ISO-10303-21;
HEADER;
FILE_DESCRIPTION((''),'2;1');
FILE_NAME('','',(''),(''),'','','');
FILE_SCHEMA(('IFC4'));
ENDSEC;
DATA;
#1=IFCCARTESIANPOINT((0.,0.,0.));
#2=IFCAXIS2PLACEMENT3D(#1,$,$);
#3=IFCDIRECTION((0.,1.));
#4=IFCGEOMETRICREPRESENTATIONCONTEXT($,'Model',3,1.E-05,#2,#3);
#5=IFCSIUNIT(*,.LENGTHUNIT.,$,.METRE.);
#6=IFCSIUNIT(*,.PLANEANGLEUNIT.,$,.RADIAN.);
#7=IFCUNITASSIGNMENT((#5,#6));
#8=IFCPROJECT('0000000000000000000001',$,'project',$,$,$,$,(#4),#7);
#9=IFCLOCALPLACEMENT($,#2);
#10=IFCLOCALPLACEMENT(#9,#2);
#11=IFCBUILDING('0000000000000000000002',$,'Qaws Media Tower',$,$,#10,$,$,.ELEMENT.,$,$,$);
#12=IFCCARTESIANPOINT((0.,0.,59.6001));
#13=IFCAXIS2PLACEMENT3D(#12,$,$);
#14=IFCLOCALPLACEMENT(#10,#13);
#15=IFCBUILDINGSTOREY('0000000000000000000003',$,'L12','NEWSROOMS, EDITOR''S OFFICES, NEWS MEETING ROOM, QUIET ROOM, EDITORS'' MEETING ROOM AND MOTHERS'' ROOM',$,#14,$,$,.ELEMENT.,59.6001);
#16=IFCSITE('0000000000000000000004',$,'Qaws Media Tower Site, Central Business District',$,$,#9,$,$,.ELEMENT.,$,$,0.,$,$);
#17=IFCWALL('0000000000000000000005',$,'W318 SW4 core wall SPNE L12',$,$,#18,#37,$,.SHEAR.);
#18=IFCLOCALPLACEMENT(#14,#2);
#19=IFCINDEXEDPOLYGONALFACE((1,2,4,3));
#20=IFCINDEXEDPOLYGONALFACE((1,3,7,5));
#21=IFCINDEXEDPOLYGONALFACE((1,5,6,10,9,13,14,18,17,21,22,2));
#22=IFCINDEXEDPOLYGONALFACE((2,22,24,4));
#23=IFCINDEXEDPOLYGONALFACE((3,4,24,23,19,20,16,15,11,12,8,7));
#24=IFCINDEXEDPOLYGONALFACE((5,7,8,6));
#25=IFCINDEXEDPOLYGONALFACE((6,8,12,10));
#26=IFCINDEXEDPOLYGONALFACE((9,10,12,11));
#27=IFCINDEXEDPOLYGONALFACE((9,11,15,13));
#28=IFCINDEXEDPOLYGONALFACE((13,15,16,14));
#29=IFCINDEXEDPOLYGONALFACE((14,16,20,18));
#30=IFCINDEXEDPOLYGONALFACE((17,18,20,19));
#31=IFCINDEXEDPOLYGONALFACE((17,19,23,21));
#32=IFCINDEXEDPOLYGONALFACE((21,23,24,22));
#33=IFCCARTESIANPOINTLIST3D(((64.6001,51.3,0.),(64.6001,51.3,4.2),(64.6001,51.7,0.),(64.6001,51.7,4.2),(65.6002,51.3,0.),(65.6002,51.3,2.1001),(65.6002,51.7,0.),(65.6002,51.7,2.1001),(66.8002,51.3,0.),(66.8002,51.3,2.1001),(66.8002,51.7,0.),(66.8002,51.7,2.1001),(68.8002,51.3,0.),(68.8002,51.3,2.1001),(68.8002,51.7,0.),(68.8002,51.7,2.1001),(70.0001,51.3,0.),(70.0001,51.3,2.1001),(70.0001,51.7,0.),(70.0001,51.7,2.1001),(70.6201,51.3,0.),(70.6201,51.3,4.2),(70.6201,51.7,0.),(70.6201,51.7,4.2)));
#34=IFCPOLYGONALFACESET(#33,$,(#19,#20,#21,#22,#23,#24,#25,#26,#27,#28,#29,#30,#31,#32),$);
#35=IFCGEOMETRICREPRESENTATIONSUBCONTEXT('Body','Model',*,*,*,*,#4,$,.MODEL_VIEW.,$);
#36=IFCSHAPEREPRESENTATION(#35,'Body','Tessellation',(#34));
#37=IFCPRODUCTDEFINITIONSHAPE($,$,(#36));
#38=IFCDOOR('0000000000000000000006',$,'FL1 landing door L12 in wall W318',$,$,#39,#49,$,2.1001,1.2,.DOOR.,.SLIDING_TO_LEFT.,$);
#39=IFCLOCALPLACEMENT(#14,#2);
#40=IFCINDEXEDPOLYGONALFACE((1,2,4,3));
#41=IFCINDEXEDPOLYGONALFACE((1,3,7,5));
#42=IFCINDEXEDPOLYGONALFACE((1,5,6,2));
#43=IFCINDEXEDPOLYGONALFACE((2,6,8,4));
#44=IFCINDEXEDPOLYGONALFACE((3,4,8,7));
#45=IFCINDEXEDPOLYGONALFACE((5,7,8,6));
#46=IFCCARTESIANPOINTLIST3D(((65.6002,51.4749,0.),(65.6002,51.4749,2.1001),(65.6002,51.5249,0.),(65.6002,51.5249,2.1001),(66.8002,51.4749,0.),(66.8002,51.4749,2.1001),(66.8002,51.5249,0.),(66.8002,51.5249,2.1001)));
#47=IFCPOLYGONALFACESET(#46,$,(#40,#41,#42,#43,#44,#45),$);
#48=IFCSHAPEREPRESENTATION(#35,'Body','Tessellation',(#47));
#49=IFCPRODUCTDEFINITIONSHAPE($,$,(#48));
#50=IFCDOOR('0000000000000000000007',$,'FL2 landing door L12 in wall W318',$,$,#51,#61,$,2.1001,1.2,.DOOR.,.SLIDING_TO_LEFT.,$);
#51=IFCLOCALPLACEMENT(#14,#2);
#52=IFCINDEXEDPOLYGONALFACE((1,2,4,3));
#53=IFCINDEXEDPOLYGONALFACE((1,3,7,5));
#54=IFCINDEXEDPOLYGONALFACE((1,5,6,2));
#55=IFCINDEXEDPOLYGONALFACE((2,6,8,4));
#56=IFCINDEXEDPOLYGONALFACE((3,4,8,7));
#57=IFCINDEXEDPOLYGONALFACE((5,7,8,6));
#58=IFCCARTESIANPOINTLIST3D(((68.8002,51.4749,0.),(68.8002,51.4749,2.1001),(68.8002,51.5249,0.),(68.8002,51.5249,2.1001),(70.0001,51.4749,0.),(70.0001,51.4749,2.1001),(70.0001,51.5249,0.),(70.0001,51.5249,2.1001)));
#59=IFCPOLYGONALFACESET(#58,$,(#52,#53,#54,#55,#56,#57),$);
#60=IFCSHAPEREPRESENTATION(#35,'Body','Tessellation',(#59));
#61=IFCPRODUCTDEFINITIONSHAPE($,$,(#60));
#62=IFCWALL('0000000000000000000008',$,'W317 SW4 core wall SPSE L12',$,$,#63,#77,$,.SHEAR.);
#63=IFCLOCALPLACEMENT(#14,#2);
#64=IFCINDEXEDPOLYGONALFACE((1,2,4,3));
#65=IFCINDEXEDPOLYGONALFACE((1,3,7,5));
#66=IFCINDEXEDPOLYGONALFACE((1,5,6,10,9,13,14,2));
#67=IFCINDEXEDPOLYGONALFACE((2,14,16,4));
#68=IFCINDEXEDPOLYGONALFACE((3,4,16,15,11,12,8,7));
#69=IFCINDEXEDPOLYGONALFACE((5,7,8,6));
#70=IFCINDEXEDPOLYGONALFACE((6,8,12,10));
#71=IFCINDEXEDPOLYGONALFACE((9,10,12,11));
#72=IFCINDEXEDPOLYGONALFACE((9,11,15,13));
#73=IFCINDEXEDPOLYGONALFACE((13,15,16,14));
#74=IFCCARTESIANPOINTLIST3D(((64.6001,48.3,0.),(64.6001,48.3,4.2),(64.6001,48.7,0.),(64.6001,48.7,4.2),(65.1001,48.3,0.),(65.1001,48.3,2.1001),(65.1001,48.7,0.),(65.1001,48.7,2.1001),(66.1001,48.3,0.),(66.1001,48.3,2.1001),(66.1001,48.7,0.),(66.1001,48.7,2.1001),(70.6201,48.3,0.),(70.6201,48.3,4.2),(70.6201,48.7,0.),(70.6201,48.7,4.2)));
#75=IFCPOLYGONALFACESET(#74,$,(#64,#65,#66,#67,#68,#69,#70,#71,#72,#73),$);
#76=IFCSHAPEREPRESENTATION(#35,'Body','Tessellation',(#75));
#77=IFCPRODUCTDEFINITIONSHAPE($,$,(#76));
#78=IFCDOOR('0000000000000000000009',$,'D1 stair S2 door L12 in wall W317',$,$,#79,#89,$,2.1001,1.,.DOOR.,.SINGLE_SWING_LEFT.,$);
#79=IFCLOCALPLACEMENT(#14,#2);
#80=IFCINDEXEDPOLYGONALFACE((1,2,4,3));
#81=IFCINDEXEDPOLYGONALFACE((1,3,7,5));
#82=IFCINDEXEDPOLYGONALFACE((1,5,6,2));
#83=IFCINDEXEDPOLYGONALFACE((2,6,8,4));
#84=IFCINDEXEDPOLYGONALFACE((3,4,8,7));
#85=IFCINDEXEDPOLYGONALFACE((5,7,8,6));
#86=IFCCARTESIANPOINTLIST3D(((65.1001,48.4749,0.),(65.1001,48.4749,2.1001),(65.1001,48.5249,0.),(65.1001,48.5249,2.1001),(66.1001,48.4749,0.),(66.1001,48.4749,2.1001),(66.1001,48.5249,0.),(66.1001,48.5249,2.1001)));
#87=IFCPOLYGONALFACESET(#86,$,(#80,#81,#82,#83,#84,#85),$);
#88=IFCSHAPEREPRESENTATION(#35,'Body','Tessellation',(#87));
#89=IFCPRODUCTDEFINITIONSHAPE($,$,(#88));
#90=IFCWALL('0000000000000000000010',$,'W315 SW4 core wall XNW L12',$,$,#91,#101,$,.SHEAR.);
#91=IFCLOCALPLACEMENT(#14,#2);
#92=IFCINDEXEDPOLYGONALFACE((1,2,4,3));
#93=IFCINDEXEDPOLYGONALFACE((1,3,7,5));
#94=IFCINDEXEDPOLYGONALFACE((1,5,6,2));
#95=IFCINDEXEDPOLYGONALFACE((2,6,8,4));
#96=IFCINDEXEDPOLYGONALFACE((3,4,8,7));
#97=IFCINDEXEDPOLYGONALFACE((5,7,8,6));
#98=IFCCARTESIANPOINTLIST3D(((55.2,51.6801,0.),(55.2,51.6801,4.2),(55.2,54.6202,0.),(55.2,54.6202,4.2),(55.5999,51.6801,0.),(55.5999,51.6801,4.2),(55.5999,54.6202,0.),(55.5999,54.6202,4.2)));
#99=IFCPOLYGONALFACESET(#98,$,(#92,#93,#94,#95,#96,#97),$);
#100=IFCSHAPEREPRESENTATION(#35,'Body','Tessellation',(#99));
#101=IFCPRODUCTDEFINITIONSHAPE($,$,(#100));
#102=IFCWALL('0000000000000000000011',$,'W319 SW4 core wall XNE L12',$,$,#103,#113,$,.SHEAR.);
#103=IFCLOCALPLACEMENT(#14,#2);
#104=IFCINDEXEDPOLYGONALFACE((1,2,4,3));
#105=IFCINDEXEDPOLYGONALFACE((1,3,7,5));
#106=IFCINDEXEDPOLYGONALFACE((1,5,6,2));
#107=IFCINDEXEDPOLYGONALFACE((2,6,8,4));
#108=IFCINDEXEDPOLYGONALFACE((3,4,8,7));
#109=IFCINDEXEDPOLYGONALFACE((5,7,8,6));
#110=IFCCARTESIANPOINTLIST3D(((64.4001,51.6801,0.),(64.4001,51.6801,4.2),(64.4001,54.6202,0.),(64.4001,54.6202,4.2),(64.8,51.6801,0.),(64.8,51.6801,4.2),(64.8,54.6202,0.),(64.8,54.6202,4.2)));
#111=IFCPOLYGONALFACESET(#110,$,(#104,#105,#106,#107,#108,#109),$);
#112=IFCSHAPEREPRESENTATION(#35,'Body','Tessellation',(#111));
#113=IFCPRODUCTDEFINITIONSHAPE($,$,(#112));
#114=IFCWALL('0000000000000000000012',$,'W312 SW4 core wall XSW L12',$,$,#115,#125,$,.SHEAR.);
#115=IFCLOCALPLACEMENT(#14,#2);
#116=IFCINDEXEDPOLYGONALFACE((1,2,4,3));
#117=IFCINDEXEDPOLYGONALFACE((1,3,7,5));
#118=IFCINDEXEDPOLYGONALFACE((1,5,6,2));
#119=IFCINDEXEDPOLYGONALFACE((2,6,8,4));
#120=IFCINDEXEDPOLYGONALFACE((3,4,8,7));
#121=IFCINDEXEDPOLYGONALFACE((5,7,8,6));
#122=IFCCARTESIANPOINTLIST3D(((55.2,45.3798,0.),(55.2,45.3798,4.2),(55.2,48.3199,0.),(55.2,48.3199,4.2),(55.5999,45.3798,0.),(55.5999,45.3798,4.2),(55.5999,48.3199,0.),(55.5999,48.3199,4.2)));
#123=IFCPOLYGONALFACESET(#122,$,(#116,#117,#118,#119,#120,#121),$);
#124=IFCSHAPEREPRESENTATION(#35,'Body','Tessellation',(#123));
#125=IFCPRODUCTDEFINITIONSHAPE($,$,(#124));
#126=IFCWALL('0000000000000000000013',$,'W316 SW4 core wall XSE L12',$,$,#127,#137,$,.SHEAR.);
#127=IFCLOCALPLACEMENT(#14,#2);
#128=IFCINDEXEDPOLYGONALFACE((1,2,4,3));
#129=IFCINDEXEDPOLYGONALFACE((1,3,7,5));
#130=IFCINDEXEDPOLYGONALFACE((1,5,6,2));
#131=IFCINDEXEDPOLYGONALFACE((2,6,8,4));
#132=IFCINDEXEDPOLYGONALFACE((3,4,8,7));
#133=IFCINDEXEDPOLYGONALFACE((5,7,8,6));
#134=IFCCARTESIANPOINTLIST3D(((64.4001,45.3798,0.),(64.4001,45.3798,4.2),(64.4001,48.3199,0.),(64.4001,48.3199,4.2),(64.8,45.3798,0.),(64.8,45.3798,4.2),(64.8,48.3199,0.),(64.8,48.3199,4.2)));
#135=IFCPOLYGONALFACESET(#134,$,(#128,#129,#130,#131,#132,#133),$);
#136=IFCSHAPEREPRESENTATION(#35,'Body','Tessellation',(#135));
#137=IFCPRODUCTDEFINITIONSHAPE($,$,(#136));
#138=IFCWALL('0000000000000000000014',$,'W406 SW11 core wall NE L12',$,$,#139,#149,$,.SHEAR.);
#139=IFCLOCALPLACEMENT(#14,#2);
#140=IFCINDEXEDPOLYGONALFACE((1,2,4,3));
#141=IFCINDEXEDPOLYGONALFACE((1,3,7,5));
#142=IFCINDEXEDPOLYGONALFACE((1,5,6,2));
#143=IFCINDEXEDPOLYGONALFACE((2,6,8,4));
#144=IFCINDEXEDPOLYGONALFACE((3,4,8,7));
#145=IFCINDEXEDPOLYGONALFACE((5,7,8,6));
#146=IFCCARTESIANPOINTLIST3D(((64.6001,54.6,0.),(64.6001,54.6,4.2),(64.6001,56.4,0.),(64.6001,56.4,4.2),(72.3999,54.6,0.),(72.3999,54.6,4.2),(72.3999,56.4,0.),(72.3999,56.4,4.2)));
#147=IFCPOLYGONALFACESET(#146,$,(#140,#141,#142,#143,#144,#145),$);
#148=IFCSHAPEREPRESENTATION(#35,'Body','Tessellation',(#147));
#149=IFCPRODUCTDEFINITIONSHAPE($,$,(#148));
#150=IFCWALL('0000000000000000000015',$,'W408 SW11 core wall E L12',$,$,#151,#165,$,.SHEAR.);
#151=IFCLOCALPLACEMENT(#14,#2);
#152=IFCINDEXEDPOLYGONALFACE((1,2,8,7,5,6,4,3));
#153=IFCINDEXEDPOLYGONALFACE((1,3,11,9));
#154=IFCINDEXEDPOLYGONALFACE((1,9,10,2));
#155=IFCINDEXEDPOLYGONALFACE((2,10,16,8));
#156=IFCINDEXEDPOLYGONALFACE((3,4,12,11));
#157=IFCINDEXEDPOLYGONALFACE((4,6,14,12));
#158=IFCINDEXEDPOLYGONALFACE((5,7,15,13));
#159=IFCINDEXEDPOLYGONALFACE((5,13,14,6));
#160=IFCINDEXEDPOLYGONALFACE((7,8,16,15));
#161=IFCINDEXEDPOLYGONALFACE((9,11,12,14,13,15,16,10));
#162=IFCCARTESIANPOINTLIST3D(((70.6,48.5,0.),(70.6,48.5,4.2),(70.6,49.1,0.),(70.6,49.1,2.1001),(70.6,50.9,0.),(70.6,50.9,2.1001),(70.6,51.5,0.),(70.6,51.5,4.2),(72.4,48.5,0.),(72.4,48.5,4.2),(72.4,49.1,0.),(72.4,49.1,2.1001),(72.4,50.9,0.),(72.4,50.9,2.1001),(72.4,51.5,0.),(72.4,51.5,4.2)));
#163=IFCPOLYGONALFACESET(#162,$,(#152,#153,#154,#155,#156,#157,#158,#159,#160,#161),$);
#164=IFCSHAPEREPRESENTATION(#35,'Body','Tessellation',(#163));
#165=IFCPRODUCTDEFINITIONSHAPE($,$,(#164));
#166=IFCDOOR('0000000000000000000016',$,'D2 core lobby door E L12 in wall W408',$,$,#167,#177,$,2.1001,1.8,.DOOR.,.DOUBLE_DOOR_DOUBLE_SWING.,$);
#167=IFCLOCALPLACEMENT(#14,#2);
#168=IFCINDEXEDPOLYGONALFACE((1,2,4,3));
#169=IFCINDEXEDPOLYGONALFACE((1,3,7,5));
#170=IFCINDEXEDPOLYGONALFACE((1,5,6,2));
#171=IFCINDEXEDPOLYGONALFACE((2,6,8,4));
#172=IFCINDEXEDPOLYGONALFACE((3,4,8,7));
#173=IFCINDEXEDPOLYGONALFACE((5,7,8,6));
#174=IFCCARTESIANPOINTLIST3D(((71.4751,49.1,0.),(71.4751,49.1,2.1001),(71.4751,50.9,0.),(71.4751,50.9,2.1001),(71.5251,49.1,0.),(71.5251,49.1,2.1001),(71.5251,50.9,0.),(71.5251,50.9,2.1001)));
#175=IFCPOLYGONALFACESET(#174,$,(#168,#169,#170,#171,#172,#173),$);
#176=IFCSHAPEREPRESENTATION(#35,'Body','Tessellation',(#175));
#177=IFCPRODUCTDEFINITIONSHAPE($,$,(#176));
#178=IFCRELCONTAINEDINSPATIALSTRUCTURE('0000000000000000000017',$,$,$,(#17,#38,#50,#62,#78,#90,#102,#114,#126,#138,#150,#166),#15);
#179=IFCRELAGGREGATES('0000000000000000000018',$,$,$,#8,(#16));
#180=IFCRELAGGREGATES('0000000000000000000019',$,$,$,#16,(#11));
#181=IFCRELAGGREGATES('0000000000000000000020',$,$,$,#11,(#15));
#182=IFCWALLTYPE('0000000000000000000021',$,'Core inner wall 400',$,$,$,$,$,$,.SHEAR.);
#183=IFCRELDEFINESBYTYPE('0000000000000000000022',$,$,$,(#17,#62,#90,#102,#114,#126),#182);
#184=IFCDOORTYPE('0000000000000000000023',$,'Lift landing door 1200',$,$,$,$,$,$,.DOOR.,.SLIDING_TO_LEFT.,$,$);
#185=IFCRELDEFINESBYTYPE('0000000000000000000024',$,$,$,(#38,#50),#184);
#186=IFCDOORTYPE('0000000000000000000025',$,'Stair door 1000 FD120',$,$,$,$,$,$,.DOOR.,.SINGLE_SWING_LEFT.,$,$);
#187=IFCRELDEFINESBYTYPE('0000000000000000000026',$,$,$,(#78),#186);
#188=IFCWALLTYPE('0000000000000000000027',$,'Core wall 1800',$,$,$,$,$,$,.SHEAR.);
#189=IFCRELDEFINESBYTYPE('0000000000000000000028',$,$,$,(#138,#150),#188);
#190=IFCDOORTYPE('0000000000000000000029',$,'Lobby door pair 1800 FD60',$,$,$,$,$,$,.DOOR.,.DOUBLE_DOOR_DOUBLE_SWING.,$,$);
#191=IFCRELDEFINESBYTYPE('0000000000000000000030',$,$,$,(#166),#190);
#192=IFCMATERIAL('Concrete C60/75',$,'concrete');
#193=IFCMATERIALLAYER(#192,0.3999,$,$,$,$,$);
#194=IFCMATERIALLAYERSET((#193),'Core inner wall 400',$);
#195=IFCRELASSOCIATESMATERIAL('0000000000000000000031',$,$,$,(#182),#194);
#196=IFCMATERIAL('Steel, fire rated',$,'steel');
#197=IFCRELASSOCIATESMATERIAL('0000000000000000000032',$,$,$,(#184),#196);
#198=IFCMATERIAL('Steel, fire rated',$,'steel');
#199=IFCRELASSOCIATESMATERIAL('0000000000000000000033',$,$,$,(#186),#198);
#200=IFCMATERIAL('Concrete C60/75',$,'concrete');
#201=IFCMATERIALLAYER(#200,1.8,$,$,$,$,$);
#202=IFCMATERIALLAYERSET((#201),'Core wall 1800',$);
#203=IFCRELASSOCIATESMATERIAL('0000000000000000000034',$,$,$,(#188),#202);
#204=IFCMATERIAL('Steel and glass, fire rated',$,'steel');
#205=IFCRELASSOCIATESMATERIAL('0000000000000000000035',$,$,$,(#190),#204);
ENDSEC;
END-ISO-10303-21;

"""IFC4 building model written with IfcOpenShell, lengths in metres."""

from ifc_helpers import new_model, si_unit, direction, frame, frame_2d, origin, place, context, subcontext, project, spatial, rectangle, extrude, material, layer, layer_set, type_object, element, fill, save


model = new_model("IFC4")

# Units and contexts
model_context = context("Model", 3, precision=1e-05, world=origin(), true_north=direction((0.0, 1.0)))
body_context = subcontext(model_context, "Body", "Model", "MODEL_VIEW")
ifc_project = project(units=[si_unit("LENGTHUNIT", "METRE"), si_unit("PLANEANGLEUNIT", "RADIAN")], contexts=[model_context])

# Site, building, storey
site_placement = place(None, origin())
site = spatial("IfcSite", under=ifc_project, at=site_placement, Name="Qaws Media Tower Site, Central Business District", CompositionType="ELEMENT", RefElevation=0.0)
building_placement = place(site_placement, origin())
building = spatial("IfcBuilding", under=site, at=building_placement, Name="Qaws Media Tower", CompositionType="ELEMENT")
storey_placement = place(building_placement, frame((0.0, 0.0, 59.6001)))
storey = spatial("IfcBuildingStorey", under=building, at=storey_placement, Name="L12", Description="NEWSROOMS, EDITOR'S OFFICES, NEWS MEETING ROOM, QUIET ROOM, EDITORS' MEETING ROOM AND MOTHERS' ROOM", CompositionType="ELEMENT", Elevation=59.6001)

# Wall, openings, doors
ifc_material_1 = material(Name="Concrete C60/75", Category="concrete")
ifc_layer_1 = layer(ifc_material_1, 0.3999)
ifc_layer_set_1 = layer_set([ifc_layer_1], Name="Core inner wall 400")
wall_type_1 = type_object("IfcWallType", Name="Core inner wall 400", PredefinedType="SHEAR", material=ifc_layer_set_1)
wall_1_placement = place(storey_placement, frame((64.6001, 51.5, 0.0), z_axis=(0.0, 0.0, 1.0), x_axis=(1.0, 0.0, 0.0)))
wall_1 = element("IfcWall", 1, at=wall_1_placement, inside=storey, type_object=wall_type_1, Name="W318 SW4 core wall SPNE L12", PredefinedType="SHEAR", context=body_context, shape_type="SweptSolid", body=[
    extrude(rectangle(XDim=6.02, YDim=0.3999, at=frame_2d((3.01, 0.0))), origin(), (0.0, 0.0, 1.0), 4.2),
])
opening_1_placement = place(wall_1_placement, frame((1.0, 0.0, 0.0)))
opening_1 = element("IfcOpeningElement", 2, at=opening_1_placement, cuts=wall_1, PredefinedType="OPENING", context=body_context, shape_type="SweptSolid", body=[
    extrude(rectangle(XDim=1.2, YDim=2.1001, at=frame_2d((0.6001, 1.05))), frame((0.0, 0.21, 0.0), z_axis=(0.0, -1.0, 0.0), x_axis=(1.0, 0.0, 0.0)), (0.0, 0.0, 1.0), 0.4199),
])
opening_2_placement = place(wall_1_placement, frame((4.2, 0.0, 0.0)))
opening_2 = element("IfcOpeningElement", 3, at=opening_2_placement, cuts=wall_1, PredefinedType="OPENING", context=body_context, shape_type="SweptSolid", body=[
    extrude(rectangle(XDim=1.2, YDim=2.1001, at=frame_2d((0.6001, 1.05))), frame((0.0, 0.21, 0.0), z_axis=(0.0, -1.0, 0.0), x_axis=(1.0, 0.0, 0.0)), (0.0, 0.0, 1.0), 0.4199),
])
ifc_material_2 = material(Name="Steel, fire rated", Category="steel")
door_type_1 = type_object("IfcDoorType", Name="Lift landing door 1200", OperationType="SLIDING_TO_LEFT", PredefinedType="DOOR", material=ifc_material_2)
door_1_placement = place(opening_1_placement, origin())
door_1 = element("IfcDoor", 4, at=door_1_placement, inside=storey, type_object=door_type_1, Name="FL1 landing door L12 in wall W318", OperationType="SLIDING_TO_LEFT", OverallHeight=2.1001, OverallWidth=1.2, PredefinedType="DOOR", context=body_context, shape_type="SweptSolid", body=[
    extrude(rectangle(XDim=1.2, YDim=2.1001, at=frame_2d((0.6001, 1.05))), frame((0.0, 0.0249, 0.0), z_axis=(0.0, -1.0, 0.0), x_axis=(1.0, 0.0, 0.0)), (0.0, 0.0, 1.0), 0.05),
])
fill(opening_1, door_1)
door_2_placement = place(opening_2_placement, origin())
door_2 = element("IfcDoor", 5, at=door_2_placement, inside=storey, type_object=door_type_1, Name="FL2 landing door L12 in wall W318", OperationType="SLIDING_TO_LEFT", OverallHeight=2.1001, OverallWidth=1.2, PredefinedType="DOOR", context=body_context, shape_type="SweptSolid", body=[
    extrude(rectangle(XDim=1.2, YDim=2.1001, at=frame_2d((0.6001, 1.05))), frame((0.0, 0.0249, 0.0), z_axis=(0.0, -1.0, 0.0), x_axis=(1.0, 0.0, 0.0)), (0.0, 0.0, 1.0), 0.05),
])
fill(opening_2, door_2)

# Wall, opening, door
wall_2_placement = place(storey_placement, frame((64.6001, 48.5, 0.0), z_axis=(0.0, 0.0, 1.0), x_axis=(1.0, 0.0, 0.0)))
wall_2 = element("IfcWall", 6, at=wall_2_placement, inside=storey, type_object=wall_type_1, Name="W317 SW4 core wall SPSE L12", PredefinedType="SHEAR", context=body_context, shape_type="SweptSolid", body=[
    extrude(rectangle(XDim=6.02, YDim=0.3999, at=frame_2d((3.01, 0.0))), origin(), (0.0, 0.0, 1.0), 4.2),
])
opening_3_placement = place(wall_2_placement, frame((0.5, 0.0, 0.0)))
opening_3 = element("IfcOpeningElement", 7, at=opening_3_placement, cuts=wall_2, PredefinedType="OPENING", context=body_context, shape_type="SweptSolid", body=[
    extrude(rectangle(XDim=1.0, YDim=2.1001, at=frame_2d((0.5, 1.05))), frame((0.0, 0.21, 0.0), z_axis=(0.0, -1.0, 0.0), x_axis=(1.0, 0.0, 0.0)), (0.0, 0.0, 1.0), 0.4199),
])
ifc_material_3 = material(Name="Steel, fire rated", Category="steel")
door_type_2 = type_object("IfcDoorType", Name="Stair door 1000 FD120", OperationType="SINGLE_SWING_LEFT", PredefinedType="DOOR", material=ifc_material_3)
door_3_placement = place(opening_3_placement, origin())
door_3 = element("IfcDoor", 8, at=door_3_placement, inside=storey, type_object=door_type_2, Name="D1 stair S2 door L12 in wall W317", OperationType="SINGLE_SWING_LEFT", OverallHeight=2.1001, OverallWidth=1.0, PredefinedType="DOOR", context=body_context, shape_type="SweptSolid", body=[
    extrude(rectangle(XDim=1.0, YDim=2.1001, at=frame_2d((0.5, 1.05))), frame((0.0, 0.0249, 0.0), z_axis=(0.0, -1.0, 0.0), x_axis=(1.0, 0.0, 0.0)), (0.0, 0.0, 1.0), 0.05),
])
fill(opening_3, door_3)

# Walls
for number, where, z_axis, x_axis, name in (
    (9, (55.3999, 51.6799, 0.0), (0.0, 0.0, 1.0), (0.0, 1.0, 0.0), "W315 SW4 core wall XNW L12"),
    (10, (64.6001, 51.6799, 0.0), (0.0, 0.0, 1.0), (0.0, 1.0, 0.0), "W319 SW4 core wall XNE L12"),
    (11, (55.3999, 48.3201, 0.0), (0.0, 0.0, 1.0), (0.0, -1.0, 0.0), "W312 SW4 core wall XSW L12"),
    (12, (64.6001, 48.3201, 0.0), (0.0, 0.0, 1.0), (0.0, -1.0, 0.0), "W316 SW4 core wall XSE L12"),
):
    element("IfcWall", number, at=place(storey_placement, frame(where, z_axis=z_axis, x_axis=x_axis)), inside=storey, type_object=wall_type_1, Name=name, PredefinedType="SHEAR", context=body_context, shape_type="SweptSolid", body=[
        extrude(rectangle(XDim=2.9402, YDim=0.3999, at=frame_2d((1.4702, 0.0))), origin(), (0.0, 0.0, 1.0), 4.2),
    ])
ifc_material_4 = material(Name="Concrete C60/75", Category="concrete")
ifc_layer_2 = layer(ifc_material_4, 1.8)
ifc_layer_set_2 = layer_set([ifc_layer_2], Name="Core wall 1800")
wall_type_2 = type_object("IfcWallType", Name="Core wall 1800", PredefinedType="SHEAR", material=ifc_layer_set_2)
wall_3_placement = place(storey_placement, frame((64.6001, 55.5, 0.0), z_axis=(0.0, 0.0, 1.0), x_axis=(1.0, 0.0, 0.0)))
element("IfcWall", 13, at=wall_3_placement, inside=storey, type_object=wall_type_2, Name="W406 SW11 core wall NE L12", PredefinedType="SHEAR", context=body_context, shape_type="SweptSolid", body=[
    extrude(rectangle(XDim=7.7998, YDim=1.8, at=frame_2d((3.8999, 0.0))), origin(), (0.0, 0.0, 1.0), 4.2),
])

# Wall, opening, door
wall_4_placement = place(storey_placement, frame((71.5, 48.5, 0.0), z_axis=(0.0, 0.0, 1.0), x_axis=(0.0, 1.0, 0.0)))
wall_4 = element("IfcWall", 14, at=wall_4_placement, inside=storey, type_object=wall_type_2, Name="W408 SW11 core wall E L12", PredefinedType="SHEAR", context=body_context, shape_type="SweptSolid", body=[
    extrude(rectangle(XDim=3.0, YDim=1.8, at=frame_2d((1.5, 0.0))), origin(), (0.0, 0.0, 1.0), 4.2),
])
opening_4_placement = place(wall_4_placement, frame((0.6001, 0.0, 0.0)))
opening_4 = element("IfcOpeningElement", 15, at=opening_4_placement, cuts=wall_4, PredefinedType="OPENING", context=body_context, shape_type="SweptSolid", body=[
    extrude(rectangle(XDim=1.8, YDim=2.1001, at=frame_2d((0.8999, 1.05))), frame((0.0, 0.9099, 0.0), z_axis=(0.0, -1.0, 0.0), x_axis=(1.0, 0.0, 0.0)), (0.0, 0.0, 1.0), 1.8201),
])
ifc_material_5 = material(Name="Steel and glass, fire rated", Category="steel")
door_type_3 = type_object("IfcDoorType", Name="Lobby door pair 1800 FD60", OperationType="DOUBLE_DOOR_DOUBLE_SWING", PredefinedType="DOOR", material=ifc_material_5)
door_4_placement = place(opening_4_placement, origin())
door_4 = element("IfcDoor", 16, at=door_4_placement, inside=storey, type_object=door_type_3, Name="D2 core lobby door E L12 in wall W408", OperationType="DOUBLE_DOOR_DOUBLE_SWING", OverallHeight=2.1001, OverallWidth=1.8, PredefinedType="DOOR", context=body_context, shape_type="SweptSolid", body=[
    extrude(rectangle(XDim=1.8, YDim=2.1001, at=frame_2d((0.8999, 1.05))), frame((0.0, 0.0249, 0.0), z_axis=(0.0, -1.0, 0.0), x_axis=(1.0, 0.0, 0.0)), (0.0, 0.0, 1.0), 0.05),
])
fill(opening_4, door_4)

save(model, "model.ifc")
